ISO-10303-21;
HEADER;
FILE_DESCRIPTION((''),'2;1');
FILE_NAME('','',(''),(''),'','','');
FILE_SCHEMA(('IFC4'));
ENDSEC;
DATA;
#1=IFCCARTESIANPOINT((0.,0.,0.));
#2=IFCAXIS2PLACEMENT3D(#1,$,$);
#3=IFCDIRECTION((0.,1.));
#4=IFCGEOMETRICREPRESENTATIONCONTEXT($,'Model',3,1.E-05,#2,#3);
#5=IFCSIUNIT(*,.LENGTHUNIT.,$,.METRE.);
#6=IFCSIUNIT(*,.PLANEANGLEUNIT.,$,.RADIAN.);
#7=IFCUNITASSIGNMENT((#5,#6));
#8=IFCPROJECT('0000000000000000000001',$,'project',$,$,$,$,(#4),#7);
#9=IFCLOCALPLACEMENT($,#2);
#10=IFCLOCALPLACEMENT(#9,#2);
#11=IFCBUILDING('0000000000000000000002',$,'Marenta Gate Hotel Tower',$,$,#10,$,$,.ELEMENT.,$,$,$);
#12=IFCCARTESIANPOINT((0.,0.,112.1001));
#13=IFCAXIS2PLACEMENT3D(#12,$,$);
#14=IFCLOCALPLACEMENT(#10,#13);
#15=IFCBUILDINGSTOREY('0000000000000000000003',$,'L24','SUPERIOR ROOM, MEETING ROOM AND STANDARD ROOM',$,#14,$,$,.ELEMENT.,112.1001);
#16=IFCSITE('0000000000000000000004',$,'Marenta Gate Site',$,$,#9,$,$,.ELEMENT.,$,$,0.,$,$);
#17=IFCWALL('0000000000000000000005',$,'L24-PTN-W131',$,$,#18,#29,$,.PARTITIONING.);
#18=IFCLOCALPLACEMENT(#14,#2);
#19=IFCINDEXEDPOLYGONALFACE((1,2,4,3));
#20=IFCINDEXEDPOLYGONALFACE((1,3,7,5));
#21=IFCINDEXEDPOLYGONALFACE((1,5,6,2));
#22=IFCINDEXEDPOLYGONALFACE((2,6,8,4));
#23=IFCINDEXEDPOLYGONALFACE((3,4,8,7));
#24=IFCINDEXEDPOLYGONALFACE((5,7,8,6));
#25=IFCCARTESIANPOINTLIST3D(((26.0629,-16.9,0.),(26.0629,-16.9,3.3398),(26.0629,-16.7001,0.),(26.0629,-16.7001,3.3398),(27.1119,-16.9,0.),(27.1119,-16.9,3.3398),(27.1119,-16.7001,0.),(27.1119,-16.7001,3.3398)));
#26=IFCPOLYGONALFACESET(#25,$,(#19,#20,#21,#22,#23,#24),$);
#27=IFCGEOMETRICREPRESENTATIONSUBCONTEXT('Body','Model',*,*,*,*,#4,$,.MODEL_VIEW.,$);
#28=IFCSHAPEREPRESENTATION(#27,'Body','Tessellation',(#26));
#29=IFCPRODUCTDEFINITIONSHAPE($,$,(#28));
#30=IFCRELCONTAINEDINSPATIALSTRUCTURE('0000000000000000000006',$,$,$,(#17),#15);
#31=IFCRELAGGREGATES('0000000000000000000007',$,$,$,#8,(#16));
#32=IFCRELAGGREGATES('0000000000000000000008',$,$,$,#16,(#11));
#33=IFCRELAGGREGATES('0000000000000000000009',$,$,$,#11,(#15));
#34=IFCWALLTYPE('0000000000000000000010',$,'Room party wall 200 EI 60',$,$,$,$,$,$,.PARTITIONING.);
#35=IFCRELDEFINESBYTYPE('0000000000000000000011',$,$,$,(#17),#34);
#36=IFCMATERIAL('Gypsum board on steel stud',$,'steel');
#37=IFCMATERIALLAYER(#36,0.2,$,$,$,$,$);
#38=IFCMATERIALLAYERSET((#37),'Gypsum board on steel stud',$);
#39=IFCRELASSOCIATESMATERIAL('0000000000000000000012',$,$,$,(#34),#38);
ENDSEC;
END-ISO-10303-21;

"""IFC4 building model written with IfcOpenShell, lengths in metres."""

from ifc_helpers import new_model, si_unit, direction, frame, frame_2d, origin, place, context, subcontext, project, spatial, rectangle, extrude, material, layer, layer_set, type_object, element, save


model = new_model("IFC4")

# Units and contexts
model_context = context("Model", 3, precision=1e-05, world=origin(), true_north=direction((0.0, 1.0)))
body_context = subcontext(model_context, "Body", "Model", "MODEL_VIEW")
ifc_project = project(units=[si_unit("LENGTHUNIT", "METRE"), si_unit("PLANEANGLEUNIT", "RADIAN")], contexts=[model_context])

# Site, building, storey
site_placement = place(None, origin())
site = spatial("IfcSite", under=ifc_project, at=site_placement, Name="Marenta Gate Site", CompositionType="ELEMENT", RefElevation=0.0)
building_placement = place(site_placement, origin())
building = spatial("IfcBuilding", under=site, at=building_placement, Name="Marenta Gate Hotel Tower", CompositionType="ELEMENT")
storey_placement = place(building_placement, frame((0.0, 0.0, 112.1001)))
storey = spatial("IfcBuildingStorey", under=building, at=storey_placement, Name="L24", Description="SUPERIOR ROOM, MEETING ROOM AND STANDARD ROOM", CompositionType="ELEMENT", Elevation=112.1001)

# Wall
ifc_material_1 = material(Name="Gypsum board on steel stud", Category="steel")
ifc_layer_1 = layer(ifc_material_1, 0.2)
ifc_layer_set_1 = layer_set([ifc_layer_1], Name="Gypsum board on steel stud")
wall_type_1 = type_object("IfcWallType", Name="Room party wall 200 EI 60", PredefinedType="PARTITIONING", material=ifc_layer_set_1)
wall_1_placement = place(storey_placement, frame((26.063, -16.8, 0.0), z_axis=(0.0, 0.0, 1.0), x_axis=(1.0, 0.0, 0.0)))
element("IfcWall", 1, at=wall_1_placement, inside=storey, type_object=wall_type_1, Name="L24-PTN-W131", PredefinedType="PARTITIONING", context=body_context, shape_type="SweptSolid", body=[
    extrude(rectangle(XDim=1.0491, YDim=0.2, at=frame_2d((0.5244, 0.0))), origin(), (0.0, 0.0, 1.0), 3.3398),
])

save(model, "model.ifc")
